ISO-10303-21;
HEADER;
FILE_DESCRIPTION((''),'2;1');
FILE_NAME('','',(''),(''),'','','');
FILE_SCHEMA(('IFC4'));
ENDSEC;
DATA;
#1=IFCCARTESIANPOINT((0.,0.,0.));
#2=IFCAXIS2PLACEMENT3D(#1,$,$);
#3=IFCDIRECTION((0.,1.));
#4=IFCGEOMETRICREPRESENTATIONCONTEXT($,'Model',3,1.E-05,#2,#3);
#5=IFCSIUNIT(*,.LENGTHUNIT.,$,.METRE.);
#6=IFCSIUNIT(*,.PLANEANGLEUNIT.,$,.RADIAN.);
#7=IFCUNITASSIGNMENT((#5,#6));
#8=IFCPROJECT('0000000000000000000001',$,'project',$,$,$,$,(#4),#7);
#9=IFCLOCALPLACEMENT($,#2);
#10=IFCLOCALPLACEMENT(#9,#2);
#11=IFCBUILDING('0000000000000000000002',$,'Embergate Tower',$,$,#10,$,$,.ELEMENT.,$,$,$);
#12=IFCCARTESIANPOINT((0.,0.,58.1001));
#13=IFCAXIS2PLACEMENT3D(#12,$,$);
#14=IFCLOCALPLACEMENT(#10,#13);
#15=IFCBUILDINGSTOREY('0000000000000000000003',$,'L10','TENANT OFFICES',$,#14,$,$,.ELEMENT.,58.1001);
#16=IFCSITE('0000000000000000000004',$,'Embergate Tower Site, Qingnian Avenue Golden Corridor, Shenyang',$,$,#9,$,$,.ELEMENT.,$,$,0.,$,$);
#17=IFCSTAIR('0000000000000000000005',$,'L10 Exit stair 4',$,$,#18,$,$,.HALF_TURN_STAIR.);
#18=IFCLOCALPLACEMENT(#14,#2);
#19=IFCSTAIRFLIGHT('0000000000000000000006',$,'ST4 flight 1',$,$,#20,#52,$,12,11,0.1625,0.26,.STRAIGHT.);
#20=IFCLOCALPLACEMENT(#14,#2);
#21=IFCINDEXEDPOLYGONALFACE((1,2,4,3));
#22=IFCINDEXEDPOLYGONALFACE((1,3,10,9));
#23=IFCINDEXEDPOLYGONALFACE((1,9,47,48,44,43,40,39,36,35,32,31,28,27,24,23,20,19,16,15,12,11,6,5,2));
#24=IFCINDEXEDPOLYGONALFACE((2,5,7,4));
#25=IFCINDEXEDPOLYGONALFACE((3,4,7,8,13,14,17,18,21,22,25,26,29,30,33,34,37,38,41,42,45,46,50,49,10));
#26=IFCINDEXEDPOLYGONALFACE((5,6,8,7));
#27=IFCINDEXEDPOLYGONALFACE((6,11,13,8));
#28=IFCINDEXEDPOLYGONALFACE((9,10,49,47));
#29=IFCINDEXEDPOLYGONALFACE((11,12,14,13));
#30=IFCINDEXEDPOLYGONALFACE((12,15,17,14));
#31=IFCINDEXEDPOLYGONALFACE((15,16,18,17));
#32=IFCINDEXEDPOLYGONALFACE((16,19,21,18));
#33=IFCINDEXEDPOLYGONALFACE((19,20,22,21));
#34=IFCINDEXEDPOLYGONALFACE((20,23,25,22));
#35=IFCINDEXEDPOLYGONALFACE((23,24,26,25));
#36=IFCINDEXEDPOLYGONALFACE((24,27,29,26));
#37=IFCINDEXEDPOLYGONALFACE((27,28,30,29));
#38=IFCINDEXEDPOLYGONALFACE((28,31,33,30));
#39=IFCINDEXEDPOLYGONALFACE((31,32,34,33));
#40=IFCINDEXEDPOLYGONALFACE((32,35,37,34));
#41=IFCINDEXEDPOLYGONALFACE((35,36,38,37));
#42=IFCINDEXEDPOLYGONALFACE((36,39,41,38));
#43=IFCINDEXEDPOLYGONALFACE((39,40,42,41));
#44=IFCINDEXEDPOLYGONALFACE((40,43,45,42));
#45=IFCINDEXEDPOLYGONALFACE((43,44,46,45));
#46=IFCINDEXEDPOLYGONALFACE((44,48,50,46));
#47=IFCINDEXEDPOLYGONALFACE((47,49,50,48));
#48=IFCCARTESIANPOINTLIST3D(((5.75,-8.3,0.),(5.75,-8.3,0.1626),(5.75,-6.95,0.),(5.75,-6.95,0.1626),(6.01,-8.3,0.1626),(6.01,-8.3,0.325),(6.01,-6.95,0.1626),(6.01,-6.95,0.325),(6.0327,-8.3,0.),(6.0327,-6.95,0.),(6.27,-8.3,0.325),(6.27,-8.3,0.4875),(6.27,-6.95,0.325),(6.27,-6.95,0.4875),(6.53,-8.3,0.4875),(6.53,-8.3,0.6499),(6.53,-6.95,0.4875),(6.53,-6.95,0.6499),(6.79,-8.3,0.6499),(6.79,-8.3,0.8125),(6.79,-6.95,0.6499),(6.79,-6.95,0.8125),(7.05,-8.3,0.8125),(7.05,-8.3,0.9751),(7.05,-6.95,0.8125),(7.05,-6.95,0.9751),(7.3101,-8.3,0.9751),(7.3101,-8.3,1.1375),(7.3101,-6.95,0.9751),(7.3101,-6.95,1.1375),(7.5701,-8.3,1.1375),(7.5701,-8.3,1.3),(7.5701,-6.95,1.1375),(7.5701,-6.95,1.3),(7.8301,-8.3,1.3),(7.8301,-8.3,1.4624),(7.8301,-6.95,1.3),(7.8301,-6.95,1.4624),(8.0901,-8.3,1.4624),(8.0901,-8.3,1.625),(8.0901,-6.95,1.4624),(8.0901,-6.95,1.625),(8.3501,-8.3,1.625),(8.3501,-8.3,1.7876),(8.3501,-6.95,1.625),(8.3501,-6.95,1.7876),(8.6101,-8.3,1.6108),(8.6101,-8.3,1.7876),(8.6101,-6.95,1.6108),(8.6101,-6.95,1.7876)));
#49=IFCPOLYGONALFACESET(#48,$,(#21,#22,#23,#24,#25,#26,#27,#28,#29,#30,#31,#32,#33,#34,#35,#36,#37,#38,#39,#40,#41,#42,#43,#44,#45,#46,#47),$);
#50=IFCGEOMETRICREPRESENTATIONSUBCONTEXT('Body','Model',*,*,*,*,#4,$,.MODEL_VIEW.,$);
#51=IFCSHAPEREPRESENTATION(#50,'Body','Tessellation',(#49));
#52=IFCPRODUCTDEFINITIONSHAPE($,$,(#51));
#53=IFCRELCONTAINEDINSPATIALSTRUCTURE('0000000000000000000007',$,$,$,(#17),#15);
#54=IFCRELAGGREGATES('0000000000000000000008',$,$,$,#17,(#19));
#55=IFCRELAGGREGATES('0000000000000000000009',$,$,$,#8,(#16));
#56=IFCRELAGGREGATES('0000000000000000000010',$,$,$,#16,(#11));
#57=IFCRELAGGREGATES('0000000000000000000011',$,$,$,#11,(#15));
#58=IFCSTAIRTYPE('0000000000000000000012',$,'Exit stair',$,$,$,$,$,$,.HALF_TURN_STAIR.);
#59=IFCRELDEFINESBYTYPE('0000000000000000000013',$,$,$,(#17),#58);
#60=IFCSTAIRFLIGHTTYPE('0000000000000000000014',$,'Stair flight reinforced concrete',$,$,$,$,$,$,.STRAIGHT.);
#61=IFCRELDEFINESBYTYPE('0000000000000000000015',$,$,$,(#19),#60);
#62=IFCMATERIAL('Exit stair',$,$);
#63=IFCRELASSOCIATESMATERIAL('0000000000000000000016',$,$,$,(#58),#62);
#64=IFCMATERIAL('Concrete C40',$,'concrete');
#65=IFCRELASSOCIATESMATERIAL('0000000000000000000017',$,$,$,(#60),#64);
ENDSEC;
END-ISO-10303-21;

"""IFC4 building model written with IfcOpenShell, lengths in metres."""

from ifc_helpers import new_model, si_unit, direction, frame, origin, place, context, subcontext, project, spatial, polyline, outline, extrude, source, transform, mapped, material, type_object, element, aggregate, save


model = new_model("IFC4")

# Units and contexts
model_context = context("Model", 3, precision=1e-05, world=origin(), true_north=direction((0.0, 1.0)))
body_context = subcontext(model_context, "Body", "Model", "MODEL_VIEW")
ifc_project = project(units=[si_unit("LENGTHUNIT", "METRE"), si_unit("PLANEANGLEUNIT", "RADIAN")], contexts=[model_context])

# Site, building, storey
site_placement = place(None, origin())
site = spatial("IfcSite", under=ifc_project, at=site_placement, Name="Embergate Tower Site, Qingnian Avenue Golden Corridor, Shenyang", CompositionType="ELEMENT", RefElevation=0.0)
building_placement = place(site_placement, origin())
building = spatial("IfcBuilding", under=site, at=building_placement, Name="Embergate Tower", CompositionType="ELEMENT")
storey_placement = place(building_placement, frame((0.0, 0.0, 58.1001)))
storey = spatial("IfcBuildingStorey", under=building, at=storey_placement, Name="L10", Description="TENANT OFFICES", CompositionType="ELEMENT", Elevation=58.1001)

# Stair, stair flight
ifc_material_1 = material(Name="Exit stair")
stair_type = type_object("IfcStairType", Name="Exit stair", PredefinedType="HALF_TURN_STAIR", material=ifc_material_1)
stair_placement = place(storey_placement, origin())
stair = element("IfcStair", 1, at=stair_placement, inside=storey, type_object=stair_type, Name="L10 Exit stair 4", PredefinedType="HALF_TURN_STAIR")
ifc_material_2 = material(Name="Concrete C40", Category="concrete")
stair_flight_type = type_object("IfcStairFlightType", Name="Stair flight reinforced concrete", PredefinedType="STRAIGHT", material=ifc_material_2)
shared_shape_1 = source(origin(), body_context, "Body", "SweptSolid", [
    extrude(outline(polyline([(0.0, 0.0), (0.0, 0.1626), (0.26, 0.1626), (0.26, 0.325), (0.52, 0.325), (0.52, 0.4875), (0.78, 0.4875), (0.78, 0.6499), (1.04, 0.6499), (1.04, 0.8125), (1.3, 0.8125), (1.3, 0.9751), (1.5601, 0.9751), (1.5601, 1.1375), (1.8201, 1.1375), (1.8201, 1.3), (2.0801, 1.3), (2.0801, 1.4624), (2.3401, 1.4624), (2.3401, 1.625), (2.6001, 1.625), (2.6001, 1.7876), (2.8601, 1.7876), (2.8601, 1.95), (2.8601, 1.6108), (0.2827, 0.0), (0.0, 0.0)])), frame((0.0, 0.675, 0.0), z_axis=(0.0, -1.0, 0.0), x_axis=(1.0, 0.0, 0.0)), (0.0, 0.0, 1.0), 1.3501),
])
stair_flight_placement = place(storey_placement, frame((5.75, -7.625, 0.0), z_axis=(0.0, 0.0, 1.0), x_axis=(1.0, 0.0, 0.0)))
stair_flight = element("IfcStairFlight", 2, at=stair_flight_placement, type_object=stair_flight_type, Name="ST4 flight 1", NumberOfRisers=12, NumberOfTreads=11, PredefinedType="STRAIGHT", RiserHeight=0.1625, TreadLength=0.26, context=body_context, shape_type="MappedRepresentation", body=[
    mapped(shared_shape_1, transform((0.0, 0.0, 0.0))),
])
aggregate(stair, [stair_flight])

save(model, "model.ifc")
